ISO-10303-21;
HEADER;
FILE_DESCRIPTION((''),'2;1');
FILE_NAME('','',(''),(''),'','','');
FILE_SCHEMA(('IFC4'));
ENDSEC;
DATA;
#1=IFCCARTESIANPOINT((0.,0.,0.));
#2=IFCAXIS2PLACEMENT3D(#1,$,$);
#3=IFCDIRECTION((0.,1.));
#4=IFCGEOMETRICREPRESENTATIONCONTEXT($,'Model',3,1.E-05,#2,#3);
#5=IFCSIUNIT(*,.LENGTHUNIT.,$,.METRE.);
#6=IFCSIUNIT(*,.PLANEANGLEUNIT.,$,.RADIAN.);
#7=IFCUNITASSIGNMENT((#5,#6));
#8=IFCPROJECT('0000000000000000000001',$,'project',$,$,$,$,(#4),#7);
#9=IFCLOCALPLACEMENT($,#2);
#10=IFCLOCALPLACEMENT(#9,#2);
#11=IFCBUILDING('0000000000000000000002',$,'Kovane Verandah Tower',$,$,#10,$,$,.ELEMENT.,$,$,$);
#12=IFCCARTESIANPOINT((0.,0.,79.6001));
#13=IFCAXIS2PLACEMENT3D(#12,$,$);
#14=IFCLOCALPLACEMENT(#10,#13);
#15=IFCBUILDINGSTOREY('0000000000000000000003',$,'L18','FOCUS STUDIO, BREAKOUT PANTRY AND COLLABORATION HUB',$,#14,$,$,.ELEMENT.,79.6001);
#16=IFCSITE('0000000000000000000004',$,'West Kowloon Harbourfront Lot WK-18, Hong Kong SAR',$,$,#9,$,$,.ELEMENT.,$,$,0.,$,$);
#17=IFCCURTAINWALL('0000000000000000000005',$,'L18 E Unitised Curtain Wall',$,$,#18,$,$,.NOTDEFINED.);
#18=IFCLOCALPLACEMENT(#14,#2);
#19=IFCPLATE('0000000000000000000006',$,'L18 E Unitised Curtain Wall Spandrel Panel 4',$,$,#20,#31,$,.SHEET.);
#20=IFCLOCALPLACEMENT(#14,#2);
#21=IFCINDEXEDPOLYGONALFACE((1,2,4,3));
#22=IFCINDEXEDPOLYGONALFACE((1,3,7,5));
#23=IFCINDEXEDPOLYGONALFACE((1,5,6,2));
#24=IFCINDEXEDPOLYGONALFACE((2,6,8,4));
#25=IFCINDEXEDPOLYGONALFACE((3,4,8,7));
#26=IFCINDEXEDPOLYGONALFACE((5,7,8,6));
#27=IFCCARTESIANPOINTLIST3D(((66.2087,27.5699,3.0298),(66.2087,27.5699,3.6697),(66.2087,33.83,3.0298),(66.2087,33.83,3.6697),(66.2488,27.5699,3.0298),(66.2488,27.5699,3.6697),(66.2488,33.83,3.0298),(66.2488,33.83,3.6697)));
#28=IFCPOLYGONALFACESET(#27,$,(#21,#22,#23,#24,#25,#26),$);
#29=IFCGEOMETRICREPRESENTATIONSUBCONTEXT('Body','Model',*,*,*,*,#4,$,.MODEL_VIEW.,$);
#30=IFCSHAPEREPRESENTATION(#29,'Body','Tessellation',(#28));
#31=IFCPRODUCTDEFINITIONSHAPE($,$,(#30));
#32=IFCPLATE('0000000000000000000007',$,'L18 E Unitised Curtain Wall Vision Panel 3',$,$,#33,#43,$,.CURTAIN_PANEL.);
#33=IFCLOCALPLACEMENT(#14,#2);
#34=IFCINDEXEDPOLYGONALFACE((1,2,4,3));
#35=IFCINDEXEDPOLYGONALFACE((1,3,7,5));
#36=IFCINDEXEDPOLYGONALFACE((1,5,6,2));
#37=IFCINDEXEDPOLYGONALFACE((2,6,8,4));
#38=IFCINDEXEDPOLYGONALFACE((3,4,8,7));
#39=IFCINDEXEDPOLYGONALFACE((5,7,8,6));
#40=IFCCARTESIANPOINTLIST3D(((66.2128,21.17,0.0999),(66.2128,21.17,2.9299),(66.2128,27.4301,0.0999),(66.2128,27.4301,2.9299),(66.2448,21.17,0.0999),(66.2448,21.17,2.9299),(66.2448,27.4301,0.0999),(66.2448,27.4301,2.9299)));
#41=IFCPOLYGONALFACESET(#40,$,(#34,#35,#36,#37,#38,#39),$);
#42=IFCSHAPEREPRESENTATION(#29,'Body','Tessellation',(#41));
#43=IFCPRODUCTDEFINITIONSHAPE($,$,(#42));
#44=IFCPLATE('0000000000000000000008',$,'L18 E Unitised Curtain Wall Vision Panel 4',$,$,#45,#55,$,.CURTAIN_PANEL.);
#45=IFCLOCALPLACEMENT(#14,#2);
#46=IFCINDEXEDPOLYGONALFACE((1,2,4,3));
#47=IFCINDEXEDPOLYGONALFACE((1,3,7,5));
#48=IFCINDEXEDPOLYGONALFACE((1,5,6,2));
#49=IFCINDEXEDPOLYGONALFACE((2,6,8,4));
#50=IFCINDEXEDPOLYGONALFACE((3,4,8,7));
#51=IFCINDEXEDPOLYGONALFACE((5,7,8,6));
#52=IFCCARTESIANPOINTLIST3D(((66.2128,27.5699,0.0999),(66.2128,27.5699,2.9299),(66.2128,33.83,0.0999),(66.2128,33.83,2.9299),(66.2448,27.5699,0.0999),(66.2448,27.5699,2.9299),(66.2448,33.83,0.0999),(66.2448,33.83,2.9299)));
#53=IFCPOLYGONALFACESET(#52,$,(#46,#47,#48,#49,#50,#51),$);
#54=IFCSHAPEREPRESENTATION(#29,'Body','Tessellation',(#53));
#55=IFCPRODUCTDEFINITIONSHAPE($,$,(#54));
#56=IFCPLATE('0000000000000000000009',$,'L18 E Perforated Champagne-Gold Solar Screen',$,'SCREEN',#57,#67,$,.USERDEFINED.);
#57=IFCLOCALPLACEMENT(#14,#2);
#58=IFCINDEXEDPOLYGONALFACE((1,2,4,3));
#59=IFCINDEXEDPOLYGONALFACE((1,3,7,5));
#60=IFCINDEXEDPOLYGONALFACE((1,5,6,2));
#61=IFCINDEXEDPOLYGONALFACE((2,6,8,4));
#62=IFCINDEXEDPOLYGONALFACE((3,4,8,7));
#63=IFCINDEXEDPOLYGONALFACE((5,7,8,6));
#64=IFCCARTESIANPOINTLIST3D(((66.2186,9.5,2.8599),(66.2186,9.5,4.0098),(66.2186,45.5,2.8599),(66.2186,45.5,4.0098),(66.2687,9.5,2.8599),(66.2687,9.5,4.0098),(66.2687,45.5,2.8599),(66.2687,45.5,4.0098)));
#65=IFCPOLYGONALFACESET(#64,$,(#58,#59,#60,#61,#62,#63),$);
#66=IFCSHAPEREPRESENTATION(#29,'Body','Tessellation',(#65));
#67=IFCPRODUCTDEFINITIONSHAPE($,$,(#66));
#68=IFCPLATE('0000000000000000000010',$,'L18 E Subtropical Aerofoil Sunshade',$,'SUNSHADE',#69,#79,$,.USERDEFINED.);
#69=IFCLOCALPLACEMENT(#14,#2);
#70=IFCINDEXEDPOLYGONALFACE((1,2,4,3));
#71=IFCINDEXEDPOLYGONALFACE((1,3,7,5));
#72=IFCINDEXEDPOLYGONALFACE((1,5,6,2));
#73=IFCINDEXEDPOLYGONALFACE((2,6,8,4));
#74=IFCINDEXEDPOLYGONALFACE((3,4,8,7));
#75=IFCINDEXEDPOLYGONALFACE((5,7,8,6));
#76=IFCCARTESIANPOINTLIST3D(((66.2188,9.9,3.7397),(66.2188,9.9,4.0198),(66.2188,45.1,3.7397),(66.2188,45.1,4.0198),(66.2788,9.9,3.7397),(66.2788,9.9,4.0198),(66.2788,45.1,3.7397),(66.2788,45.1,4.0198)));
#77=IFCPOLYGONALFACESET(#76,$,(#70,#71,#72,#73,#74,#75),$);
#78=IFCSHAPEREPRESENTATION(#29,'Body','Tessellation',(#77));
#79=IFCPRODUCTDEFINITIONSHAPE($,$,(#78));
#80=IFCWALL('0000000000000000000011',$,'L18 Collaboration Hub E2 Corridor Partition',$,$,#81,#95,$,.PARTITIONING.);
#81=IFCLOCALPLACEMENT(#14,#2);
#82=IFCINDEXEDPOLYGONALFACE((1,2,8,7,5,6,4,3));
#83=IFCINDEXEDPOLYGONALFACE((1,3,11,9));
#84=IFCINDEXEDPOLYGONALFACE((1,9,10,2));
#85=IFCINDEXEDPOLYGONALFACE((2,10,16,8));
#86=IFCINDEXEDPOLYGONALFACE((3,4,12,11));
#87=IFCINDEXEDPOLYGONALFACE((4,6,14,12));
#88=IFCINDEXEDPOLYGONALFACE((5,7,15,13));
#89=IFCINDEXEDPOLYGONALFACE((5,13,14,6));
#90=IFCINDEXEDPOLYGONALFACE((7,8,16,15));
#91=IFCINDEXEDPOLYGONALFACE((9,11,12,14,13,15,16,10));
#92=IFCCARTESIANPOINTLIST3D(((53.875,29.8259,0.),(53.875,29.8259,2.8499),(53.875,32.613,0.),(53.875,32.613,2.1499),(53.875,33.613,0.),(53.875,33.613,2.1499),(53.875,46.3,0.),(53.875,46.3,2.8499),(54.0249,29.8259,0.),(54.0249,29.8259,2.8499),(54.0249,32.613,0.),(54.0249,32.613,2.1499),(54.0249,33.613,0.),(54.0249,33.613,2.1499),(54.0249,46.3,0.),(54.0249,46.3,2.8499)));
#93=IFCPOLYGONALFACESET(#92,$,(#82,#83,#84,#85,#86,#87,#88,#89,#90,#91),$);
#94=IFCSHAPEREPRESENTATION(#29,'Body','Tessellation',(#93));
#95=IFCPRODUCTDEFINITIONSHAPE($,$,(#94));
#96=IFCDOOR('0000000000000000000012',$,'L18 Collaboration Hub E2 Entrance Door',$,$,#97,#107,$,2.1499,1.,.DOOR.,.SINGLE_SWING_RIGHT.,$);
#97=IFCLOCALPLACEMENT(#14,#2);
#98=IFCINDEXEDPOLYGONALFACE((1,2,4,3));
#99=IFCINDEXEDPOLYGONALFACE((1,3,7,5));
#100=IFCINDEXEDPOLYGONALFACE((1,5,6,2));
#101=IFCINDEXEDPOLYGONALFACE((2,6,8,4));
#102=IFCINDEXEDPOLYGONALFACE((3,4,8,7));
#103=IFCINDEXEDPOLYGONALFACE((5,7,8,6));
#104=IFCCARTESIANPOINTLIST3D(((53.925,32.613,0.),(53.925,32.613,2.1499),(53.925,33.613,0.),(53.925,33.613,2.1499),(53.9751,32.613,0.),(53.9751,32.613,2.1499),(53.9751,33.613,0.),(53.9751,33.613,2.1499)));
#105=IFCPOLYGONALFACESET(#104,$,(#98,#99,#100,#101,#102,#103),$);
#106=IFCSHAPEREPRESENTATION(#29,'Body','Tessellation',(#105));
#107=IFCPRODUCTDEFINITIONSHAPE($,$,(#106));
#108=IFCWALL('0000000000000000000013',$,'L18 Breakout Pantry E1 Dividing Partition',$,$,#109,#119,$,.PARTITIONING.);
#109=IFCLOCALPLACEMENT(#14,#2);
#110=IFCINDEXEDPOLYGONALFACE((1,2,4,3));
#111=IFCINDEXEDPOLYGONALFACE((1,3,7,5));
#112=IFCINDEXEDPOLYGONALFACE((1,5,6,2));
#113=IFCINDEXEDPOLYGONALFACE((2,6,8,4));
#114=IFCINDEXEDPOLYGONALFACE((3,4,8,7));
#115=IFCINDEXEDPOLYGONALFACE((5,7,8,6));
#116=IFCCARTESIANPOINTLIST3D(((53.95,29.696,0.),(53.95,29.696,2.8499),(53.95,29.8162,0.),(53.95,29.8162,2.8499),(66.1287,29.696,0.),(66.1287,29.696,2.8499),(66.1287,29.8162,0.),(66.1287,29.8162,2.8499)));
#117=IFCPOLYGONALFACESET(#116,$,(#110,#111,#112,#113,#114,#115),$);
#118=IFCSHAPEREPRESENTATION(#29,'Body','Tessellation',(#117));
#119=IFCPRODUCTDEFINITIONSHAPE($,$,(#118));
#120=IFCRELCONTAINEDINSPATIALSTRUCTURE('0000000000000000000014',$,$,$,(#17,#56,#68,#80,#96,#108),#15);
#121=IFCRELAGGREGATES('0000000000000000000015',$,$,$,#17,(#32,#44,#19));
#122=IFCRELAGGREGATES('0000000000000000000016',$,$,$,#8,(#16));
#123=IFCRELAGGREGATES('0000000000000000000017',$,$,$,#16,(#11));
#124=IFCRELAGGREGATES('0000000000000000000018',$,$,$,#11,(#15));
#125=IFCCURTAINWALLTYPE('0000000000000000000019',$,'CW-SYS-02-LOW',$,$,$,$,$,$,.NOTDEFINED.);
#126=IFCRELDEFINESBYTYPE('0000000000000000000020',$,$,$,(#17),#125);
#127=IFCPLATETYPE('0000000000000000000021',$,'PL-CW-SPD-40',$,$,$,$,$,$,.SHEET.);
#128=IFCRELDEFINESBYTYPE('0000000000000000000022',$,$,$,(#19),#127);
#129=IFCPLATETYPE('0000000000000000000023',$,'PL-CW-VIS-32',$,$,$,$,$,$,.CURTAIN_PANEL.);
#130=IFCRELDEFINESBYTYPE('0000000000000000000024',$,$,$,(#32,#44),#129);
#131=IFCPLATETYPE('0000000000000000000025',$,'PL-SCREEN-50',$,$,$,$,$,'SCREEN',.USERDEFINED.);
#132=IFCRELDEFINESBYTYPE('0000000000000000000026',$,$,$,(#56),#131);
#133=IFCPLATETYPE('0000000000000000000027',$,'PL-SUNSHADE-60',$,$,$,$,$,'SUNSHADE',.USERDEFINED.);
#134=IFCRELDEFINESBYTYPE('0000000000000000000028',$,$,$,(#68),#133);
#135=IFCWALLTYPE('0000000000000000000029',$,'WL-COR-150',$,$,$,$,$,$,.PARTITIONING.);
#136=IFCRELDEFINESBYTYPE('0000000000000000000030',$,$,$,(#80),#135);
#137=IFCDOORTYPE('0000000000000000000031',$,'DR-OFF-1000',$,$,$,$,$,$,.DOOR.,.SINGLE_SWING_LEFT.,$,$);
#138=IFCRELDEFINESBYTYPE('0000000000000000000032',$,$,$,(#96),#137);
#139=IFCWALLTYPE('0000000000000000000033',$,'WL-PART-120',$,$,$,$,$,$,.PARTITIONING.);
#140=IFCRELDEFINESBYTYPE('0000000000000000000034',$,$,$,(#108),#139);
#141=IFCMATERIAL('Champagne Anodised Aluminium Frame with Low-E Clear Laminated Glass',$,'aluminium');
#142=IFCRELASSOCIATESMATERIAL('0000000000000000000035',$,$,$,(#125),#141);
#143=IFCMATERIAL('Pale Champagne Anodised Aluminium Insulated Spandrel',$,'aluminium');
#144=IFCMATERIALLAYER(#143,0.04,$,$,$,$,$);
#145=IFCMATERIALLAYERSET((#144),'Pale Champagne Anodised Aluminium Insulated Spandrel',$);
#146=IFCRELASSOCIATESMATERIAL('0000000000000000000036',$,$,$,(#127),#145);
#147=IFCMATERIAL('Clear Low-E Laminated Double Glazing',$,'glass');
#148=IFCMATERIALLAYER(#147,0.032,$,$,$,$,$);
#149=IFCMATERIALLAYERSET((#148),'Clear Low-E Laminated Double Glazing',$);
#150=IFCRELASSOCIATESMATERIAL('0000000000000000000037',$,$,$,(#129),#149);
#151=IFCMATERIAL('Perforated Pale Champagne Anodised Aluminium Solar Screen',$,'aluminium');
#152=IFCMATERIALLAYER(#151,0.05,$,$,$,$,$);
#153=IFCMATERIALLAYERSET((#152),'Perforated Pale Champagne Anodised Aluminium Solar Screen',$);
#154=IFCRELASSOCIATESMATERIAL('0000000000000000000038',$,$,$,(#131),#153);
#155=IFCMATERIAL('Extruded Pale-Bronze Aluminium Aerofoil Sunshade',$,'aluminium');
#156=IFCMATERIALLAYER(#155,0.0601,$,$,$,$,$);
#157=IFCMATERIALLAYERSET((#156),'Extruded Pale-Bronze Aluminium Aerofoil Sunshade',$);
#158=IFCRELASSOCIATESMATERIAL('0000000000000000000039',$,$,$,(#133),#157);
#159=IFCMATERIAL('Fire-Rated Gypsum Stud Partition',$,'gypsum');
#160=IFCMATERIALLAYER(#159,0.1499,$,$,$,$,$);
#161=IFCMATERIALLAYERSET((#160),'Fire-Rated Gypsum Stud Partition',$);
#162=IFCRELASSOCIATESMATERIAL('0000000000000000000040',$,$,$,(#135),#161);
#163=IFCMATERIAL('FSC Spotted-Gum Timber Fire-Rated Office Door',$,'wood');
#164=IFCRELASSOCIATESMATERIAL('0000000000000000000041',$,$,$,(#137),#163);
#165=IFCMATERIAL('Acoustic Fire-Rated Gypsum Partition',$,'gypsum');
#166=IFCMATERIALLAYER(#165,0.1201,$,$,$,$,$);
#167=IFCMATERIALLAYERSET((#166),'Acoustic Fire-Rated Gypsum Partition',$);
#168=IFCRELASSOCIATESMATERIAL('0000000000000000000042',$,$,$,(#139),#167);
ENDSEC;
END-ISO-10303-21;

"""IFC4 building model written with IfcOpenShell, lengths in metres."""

from ifc_helpers import new_model, si_unit, direction, frame, frame_2d, origin, origin_2d, place, context, subcontext, project, spatial, rectangle, extrude, material, layer, layer_set, type_object, element, fill, aggregate, save


model = new_model("IFC4")

# Units and contexts
model_context = context("Model", 3, precision=1e-05, world=origin(), true_north=direction((0.0, 1.0)))
body_context = subcontext(model_context, "Body", "Model", "MODEL_VIEW")
ifc_project = project(units=[si_unit("LENGTHUNIT", "METRE"), si_unit("PLANEANGLEUNIT", "RADIAN")], contexts=[model_context])

# Site, building, storey
site_placement = place(None, origin())
site = spatial("IfcSite", under=ifc_project, at=site_placement, Name="West Kowloon Harbourfront Lot WK-18, Hong Kong SAR", CompositionType="ELEMENT", RefElevation=0.0)
building_placement = place(site_placement, origin())
building = spatial("IfcBuilding", under=site, at=building_placement, Name="Kovane Verandah Tower", CompositionType="ELEMENT")
storey_placement = place(building_placement, frame((0.0, 0.0, 79.6001)))
storey = spatial("IfcBuildingStorey", under=building, at=storey_placement, Name="L18", Description="FOCUS STUDIO, BREAKOUT PANTRY AND COLLABORATION HUB", CompositionType="ELEMENT", Elevation=79.6001)

# Curtain wall
ifc_material_1 = material(Name="Champagne Anodised Aluminium Frame with Low-E Clear Laminated Glass", Category="aluminium")
curtain_wall_type = type_object("IfcCurtainWallType", Name="CW-SYS-02-LOW", PredefinedType="NOTDEFINED", material=ifc_material_1)
curtain_wall_placement = place(storey_placement, origin())
curtain_wall = element("IfcCurtainWall", 1, at=curtain_wall_placement, inside=storey, type_object=curtain_wall_type, Name="L18 E Unitised Curtain Wall", PredefinedType="NOTDEFINED")

# Plates
ifc_material_2 = material(Name="Pale Champagne Anodised Aluminium Insulated Spandrel", Category="aluminium")
ifc_layer_1 = layer(ifc_material_2, 0.04)
ifc_layer_set_1 = layer_set([ifc_layer_1], Name="Pale Champagne Anodised Aluminium Insulated Spandrel")
plate_type_1 = type_object("IfcPlateType", Name="PL-CW-SPD-40", PredefinedType="SHEET", material=ifc_layer_set_1)
plate_1_placement = place(storey_placement, frame((66.2288, 30.7, 3.0298), z_axis=(0.0, 0.0, 1.0), x_axis=(0.0, 1.0, 0.0)))
plate_1 = element("IfcPlate", 2, at=plate_1_placement, type_object=plate_type_1, Name="L18 E Unitised Curtain Wall Spandrel Panel 4", PredefinedType="SHEET", context=body_context, shape_type="SweptSolid", body=[
    extrude(rectangle(XDim=6.26, YDim=0.04, at=origin_2d()), origin(), (0.0, 0.0, 1.0), 0.6399),
])
ifc_material_3 = material(Name="Clear Low-E Laminated Double Glazing", Category="glass")
ifc_layer_2 = layer(ifc_material_3, 0.032)
ifc_layer_set_2 = layer_set([ifc_layer_2], Name="Clear Low-E Laminated Double Glazing")
plate_type_2 = type_object("IfcPlateType", Name="PL-CW-VIS-32", PredefinedType="CURTAIN_PANEL", material=ifc_layer_set_2)
plate_2_placement = place(storey_placement, frame((66.2288, 24.3, 0.0999), z_axis=(0.0, 0.0, 1.0), x_axis=(0.0, 1.0, 0.0)))
plate_2 = element("IfcPlate", 3, at=plate_2_placement, type_object=plate_type_2, Name="L18 E Unitised Curtain Wall Vision Panel 3", PredefinedType="CURTAIN_PANEL", context=body_context, shape_type="SweptSolid", body=[
    extrude(rectangle(XDim=6.26, YDim=0.032, at=origin_2d()), origin(), (0.0, 0.0, 1.0), 2.8301),
])
plate_3_placement = place(storey_placement, frame((66.2288, 30.7, 0.0999), z_axis=(0.0, 0.0, 1.0), x_axis=(0.0, 1.0, 0.0)))
plate_3 = element("IfcPlate", 4, at=plate_3_placement, type_object=plate_type_2, Name="L18 E Unitised Curtain Wall Vision Panel 4", PredefinedType="CURTAIN_PANEL", context=body_context, shape_type="SweptSolid", body=[
    extrude(rectangle(XDim=6.26, YDim=0.032, at=origin_2d()), origin(), (0.0, 0.0, 1.0), 2.8301),
])
aggregate(curtain_wall, [plate_2, plate_3, plate_1])

# Plates
ifc_material_4 = material(Name="Perforated Pale Champagne Anodised Aluminium Solar Screen", Category="aluminium")
ifc_layer_3 = layer(ifc_material_4, 0.05)
ifc_layer_set_3 = layer_set([ifc_layer_3], Name="Perforated Pale Champagne Anodised Aluminium Solar Screen")
plate_type_3 = type_object("IfcPlateType", Name="PL-SCREEN-50", ElementType="SCREEN", PredefinedType="USERDEFINED", material=ifc_layer_set_3)
plate_4_placement = place(storey_placement, frame((66.2437, 27.5, 2.8599), z_axis=(0.0, 0.0, 1.0), x_axis=(0.0, 1.0, 0.0)))
element("IfcPlate", 5, at=plate_4_placement, inside=storey, type_object=plate_type_3, Name="L18 E Perforated Champagne-Gold Solar Screen", ObjectType="SCREEN", PredefinedType="USERDEFINED", context=body_context, shape_type="SweptSolid", body=[
    extrude(rectangle(XDim=36.0, YDim=0.05, at=origin_2d()), origin(), (0.0, 0.0, 1.0), 1.1499),
])
ifc_material_5 = material(Name="Extruded Pale-Bronze Aluminium Aerofoil Sunshade", Category="aluminium")
ifc_layer_4 = layer(ifc_material_5, 0.0601)
ifc_layer_set_4 = layer_set([ifc_layer_4], Name="Extruded Pale-Bronze Aluminium Aerofoil Sunshade")
plate_type_4 = type_object("IfcPlateType", Name="PL-SUNSHADE-60", ElementType="SUNSHADE", PredefinedType="USERDEFINED", material=ifc_layer_set_4)
plate_5_placement = place(storey_placement, frame((66.2488, 27.5, 3.7397), z_axis=(0.0, 0.0, 1.0), x_axis=(0.0, 1.0, 0.0)))
element("IfcPlate", 6, at=plate_5_placement, inside=storey, type_object=plate_type_4, Name="L18 E Subtropical Aerofoil Sunshade", ObjectType="SUNSHADE", PredefinedType="USERDEFINED", context=body_context, shape_type="SweptSolid", body=[
    extrude(rectangle(XDim=35.2, YDim=0.0601, at=origin_2d()), origin(), (0.0, 0.0, 1.0), 0.28),
])

# Wall, opening, door
ifc_material_6 = material(Name="Fire-Rated Gypsum Stud Partition", Category="gypsum")
ifc_layer_5 = layer(ifc_material_6, 0.1499)
ifc_layer_set_5 = layer_set([ifc_layer_5], Name="Fire-Rated Gypsum Stud Partition")
wall_type_1 = type_object("IfcWallType", Name="WL-COR-150", PredefinedType="PARTITIONING", material=ifc_layer_set_5)
wall_1_placement = place(storey_placement, frame((53.95, 29.8259, 0.0), z_axis=(0.0, 0.0, 1.0), x_axis=(0.0, 1.0, 0.0)))
wall_1 = element("IfcWall", 7, at=wall_1_placement, inside=storey, type_object=wall_type_1, Name="L18 Collaboration Hub E2 Corridor Partition", PredefinedType="PARTITIONING", context=body_context, shape_type="SweptSolid", body=[
    extrude(rectangle(XDim=16.4741, YDim=0.1499, at=frame_2d((8.2371, 0.0))), origin(), (0.0, 0.0, 1.0), 2.8499),
])
opening_placement = place(wall_1_placement, frame((2.7871, 0.0, 0.0)))
opening = element("IfcOpeningElement", 8, at=opening_placement, cuts=wall_1, PredefinedType="OPENING", context=body_context, shape_type="SweptSolid", body=[
    extrude(rectangle(XDim=1.0, YDim=2.1499, at=frame_2d((0.5, 1.075))), frame((0.0, 0.075, 0.0), z_axis=(0.0, -1.0, 0.0), x_axis=(1.0, 0.0, 0.0)), (0.0, 0.0, 1.0), 0.1499),
])
ifc_material_7 = material(Name="FSC Spotted-Gum Timber Fire-Rated Office Door", Category="wood")
door_type = type_object("IfcDoorType", Name="DR-OFF-1000", OperationType="SINGLE_SWING_LEFT", PredefinedType="DOOR", material=ifc_material_7)
door_placement = place(opening_placement, origin())
door = element("IfcDoor", 9, at=door_placement, inside=storey, type_object=door_type, Name="L18 Collaboration Hub E2 Entrance Door", OperationType="SINGLE_SWING_RIGHT", OverallHeight=2.1499, OverallWidth=1.0, PredefinedType="DOOR", context=body_context, shape_type="SweptSolid", body=[
    extrude(rectangle(XDim=1.0, YDim=2.1499, at=frame_2d((0.5, 1.075))), frame((0.0, 0.0249, 0.0), z_axis=(0.0, -1.0, 0.0), x_axis=(1.0, 0.0, 0.0)), (0.0, 0.0, 1.0), 0.05),
])
fill(opening, door)

# Wall
ifc_material_8 = material(Name="Acoustic Fire-Rated Gypsum Partition", Category="gypsum")
ifc_layer_6 = layer(ifc_material_8, 0.1201)
ifc_layer_set_6 = layer_set([ifc_layer_6], Name="Acoustic Fire-Rated Gypsum Partition")
wall_type_2 = type_object("IfcWallType", Name="WL-PART-120", PredefinedType="PARTITIONING", material=ifc_layer_set_6)
wall_2_placement = place(storey_placement, frame((53.95, 29.7561, 0.0), z_axis=(0.0, 0.0, 1.0), x_axis=(1.0, 0.0, 0.0)))
element("IfcWall", 10, at=wall_2_placement, inside=storey, type_object=wall_type_2, Name="L18 Breakout Pantry E1 Dividing Partition", PredefinedType="PARTITIONING", context=body_context, shape_type="SweptSolid", body=[
    extrude(rectangle(XDim=12.1787, YDim=0.1201, at=frame_2d((6.0894, 0.0))), origin(), (0.0, 0.0, 1.0), 2.8499),
])

save(model, "model.ifc")
